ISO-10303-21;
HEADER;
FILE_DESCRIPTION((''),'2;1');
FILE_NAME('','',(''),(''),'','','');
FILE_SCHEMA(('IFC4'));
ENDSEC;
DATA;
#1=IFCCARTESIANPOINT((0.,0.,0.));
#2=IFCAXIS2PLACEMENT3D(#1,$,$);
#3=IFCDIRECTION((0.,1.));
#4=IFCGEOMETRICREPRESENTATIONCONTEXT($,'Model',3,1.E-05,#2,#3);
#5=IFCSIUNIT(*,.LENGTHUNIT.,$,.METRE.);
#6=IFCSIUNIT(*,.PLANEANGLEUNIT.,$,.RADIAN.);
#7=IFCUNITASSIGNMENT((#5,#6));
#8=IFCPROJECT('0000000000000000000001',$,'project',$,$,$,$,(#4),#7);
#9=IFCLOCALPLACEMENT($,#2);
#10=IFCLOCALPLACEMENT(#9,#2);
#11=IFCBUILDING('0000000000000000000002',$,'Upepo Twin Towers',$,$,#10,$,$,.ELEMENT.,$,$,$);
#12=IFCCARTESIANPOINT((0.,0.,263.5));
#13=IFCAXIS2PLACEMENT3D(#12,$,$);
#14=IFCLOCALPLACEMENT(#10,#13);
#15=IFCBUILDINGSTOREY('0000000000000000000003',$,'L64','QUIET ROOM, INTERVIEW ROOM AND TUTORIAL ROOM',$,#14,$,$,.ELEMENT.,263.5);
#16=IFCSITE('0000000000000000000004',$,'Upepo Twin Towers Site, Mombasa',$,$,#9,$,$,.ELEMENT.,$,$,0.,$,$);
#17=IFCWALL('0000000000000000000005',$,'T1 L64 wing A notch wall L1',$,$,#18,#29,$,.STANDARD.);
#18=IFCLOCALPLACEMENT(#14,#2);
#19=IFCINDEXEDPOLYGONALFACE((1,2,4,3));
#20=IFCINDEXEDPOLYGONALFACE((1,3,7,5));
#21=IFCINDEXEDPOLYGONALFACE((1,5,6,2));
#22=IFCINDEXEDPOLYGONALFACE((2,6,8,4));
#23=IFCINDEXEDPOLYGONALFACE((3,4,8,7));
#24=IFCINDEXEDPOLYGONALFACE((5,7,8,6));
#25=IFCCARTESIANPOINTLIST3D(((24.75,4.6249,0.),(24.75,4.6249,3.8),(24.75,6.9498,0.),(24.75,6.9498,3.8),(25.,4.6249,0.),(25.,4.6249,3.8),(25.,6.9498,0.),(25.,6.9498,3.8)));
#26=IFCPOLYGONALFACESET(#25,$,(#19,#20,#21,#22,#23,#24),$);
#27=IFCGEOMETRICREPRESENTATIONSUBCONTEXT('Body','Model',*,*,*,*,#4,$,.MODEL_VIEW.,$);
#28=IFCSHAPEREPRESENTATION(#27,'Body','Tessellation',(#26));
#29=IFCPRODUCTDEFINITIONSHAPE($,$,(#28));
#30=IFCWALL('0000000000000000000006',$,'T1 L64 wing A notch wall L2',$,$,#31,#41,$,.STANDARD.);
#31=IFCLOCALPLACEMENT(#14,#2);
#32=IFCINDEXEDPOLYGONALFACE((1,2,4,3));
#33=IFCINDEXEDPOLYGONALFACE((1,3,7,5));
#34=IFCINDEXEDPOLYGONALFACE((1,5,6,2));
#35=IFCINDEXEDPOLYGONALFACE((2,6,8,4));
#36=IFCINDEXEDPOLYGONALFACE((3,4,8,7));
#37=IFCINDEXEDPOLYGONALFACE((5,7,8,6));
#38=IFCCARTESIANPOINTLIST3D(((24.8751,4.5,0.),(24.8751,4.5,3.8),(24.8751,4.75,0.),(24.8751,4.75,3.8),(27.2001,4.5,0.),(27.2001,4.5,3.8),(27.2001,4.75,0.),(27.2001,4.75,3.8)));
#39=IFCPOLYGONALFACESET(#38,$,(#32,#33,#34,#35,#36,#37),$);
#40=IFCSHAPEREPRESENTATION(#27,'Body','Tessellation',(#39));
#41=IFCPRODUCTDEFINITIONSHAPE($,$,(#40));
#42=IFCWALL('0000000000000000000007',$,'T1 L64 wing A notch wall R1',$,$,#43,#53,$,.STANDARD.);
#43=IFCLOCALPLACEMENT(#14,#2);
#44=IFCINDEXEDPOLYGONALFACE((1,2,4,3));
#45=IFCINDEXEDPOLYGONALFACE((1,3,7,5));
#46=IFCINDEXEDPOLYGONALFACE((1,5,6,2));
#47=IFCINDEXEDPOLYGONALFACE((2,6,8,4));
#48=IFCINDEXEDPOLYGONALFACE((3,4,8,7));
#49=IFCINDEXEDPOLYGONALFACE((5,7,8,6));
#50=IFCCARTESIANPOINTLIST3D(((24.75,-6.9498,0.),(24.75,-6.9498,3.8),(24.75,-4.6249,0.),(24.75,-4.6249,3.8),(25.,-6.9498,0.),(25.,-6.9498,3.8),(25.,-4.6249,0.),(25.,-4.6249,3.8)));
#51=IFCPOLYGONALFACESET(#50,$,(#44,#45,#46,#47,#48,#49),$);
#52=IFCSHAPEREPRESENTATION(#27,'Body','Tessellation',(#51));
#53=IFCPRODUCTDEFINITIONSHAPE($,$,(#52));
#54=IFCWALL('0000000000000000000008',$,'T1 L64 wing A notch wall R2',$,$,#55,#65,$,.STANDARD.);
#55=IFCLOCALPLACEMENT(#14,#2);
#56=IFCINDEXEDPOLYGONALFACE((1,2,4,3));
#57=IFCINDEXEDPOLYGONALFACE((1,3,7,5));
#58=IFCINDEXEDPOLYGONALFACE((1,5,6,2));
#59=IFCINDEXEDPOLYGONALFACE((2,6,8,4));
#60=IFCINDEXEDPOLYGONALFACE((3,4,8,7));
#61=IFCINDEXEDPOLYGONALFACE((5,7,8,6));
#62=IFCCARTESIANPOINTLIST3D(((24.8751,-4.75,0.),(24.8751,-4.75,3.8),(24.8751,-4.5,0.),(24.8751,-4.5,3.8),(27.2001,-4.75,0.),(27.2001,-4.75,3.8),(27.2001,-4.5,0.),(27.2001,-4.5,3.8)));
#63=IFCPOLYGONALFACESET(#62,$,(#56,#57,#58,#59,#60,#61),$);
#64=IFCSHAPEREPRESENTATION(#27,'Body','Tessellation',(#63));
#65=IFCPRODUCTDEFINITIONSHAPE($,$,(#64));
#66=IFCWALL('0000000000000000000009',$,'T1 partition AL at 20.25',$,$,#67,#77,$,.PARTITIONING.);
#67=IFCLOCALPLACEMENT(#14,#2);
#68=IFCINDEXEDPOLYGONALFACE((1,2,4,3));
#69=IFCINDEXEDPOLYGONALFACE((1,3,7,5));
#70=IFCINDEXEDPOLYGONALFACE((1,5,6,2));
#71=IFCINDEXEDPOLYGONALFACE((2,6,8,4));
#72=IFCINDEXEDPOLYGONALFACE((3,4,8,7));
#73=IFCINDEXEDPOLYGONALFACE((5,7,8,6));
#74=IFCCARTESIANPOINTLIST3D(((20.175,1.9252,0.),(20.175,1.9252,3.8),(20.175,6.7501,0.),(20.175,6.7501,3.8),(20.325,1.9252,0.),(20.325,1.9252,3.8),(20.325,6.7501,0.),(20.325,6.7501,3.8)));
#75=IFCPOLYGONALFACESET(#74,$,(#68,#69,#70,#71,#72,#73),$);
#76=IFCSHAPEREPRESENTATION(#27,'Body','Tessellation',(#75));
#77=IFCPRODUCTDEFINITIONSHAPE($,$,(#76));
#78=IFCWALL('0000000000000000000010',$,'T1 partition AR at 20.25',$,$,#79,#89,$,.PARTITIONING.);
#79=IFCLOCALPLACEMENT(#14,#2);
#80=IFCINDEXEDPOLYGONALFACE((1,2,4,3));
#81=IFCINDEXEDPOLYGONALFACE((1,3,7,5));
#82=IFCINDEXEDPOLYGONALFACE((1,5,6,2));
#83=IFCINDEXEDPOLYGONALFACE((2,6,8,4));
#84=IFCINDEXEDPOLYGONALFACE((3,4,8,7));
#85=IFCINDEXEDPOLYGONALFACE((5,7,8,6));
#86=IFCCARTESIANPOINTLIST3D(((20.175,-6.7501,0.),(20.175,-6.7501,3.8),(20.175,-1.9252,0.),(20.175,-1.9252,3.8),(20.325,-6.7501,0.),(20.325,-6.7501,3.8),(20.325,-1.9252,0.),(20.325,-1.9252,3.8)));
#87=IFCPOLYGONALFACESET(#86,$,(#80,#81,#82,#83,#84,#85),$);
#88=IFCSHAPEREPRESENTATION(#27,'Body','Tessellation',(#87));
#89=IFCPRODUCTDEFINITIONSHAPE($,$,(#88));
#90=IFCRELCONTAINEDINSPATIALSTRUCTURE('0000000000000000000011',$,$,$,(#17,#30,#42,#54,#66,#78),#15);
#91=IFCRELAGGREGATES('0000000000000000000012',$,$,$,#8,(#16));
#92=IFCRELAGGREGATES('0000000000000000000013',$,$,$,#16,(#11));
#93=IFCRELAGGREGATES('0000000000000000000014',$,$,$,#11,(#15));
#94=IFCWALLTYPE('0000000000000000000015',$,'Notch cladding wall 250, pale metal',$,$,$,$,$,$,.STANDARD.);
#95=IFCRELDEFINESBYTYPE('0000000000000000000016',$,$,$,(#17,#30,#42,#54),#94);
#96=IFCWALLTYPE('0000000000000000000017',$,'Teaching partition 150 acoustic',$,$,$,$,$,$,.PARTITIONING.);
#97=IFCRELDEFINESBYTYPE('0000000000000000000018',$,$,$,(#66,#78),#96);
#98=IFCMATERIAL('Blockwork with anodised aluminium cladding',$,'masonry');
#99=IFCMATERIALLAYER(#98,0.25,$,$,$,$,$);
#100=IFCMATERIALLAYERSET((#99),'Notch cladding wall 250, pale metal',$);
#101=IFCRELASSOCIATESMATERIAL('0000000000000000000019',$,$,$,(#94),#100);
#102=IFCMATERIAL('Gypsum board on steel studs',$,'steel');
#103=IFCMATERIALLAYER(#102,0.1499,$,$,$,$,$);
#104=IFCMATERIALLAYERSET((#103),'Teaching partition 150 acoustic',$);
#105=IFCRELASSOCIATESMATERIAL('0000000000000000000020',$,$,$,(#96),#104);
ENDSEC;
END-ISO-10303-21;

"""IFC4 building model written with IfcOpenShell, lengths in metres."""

from ifc_helpers import new_model, si_unit, direction, frame, frame_2d, origin, place, context, subcontext, project, spatial, rectangle, extrude, material, layer, layer_set, type_object, element, save


model = new_model("IFC4")

# Units and contexts
model_context = context("Model", 3, precision=1e-05, world=origin(), true_north=direction((0.0, 1.0)))
body_context = subcontext(model_context, "Body", "Model", "MODEL_VIEW")
ifc_project = project(units=[si_unit("LENGTHUNIT", "METRE"), si_unit("PLANEANGLEUNIT", "RADIAN")], contexts=[model_context])

# Site, building, storey
site_placement = place(None, origin())
site = spatial("IfcSite", under=ifc_project, at=site_placement, Name="Upepo Twin Towers Site, Mombasa", CompositionType="ELEMENT", RefElevation=0.0)
building_placement = place(site_placement, origin())
building = spatial("IfcBuilding", under=site, at=building_placement, Name="Upepo Twin Towers", CompositionType="ELEMENT")
storey_placement = place(building_placement, frame((0.0, 0.0, 263.5)))
storey = spatial("IfcBuildingStorey", under=building, at=storey_placement, Name="L64", Description="QUIET ROOM, INTERVIEW ROOM AND TUTORIAL ROOM", CompositionType="ELEMENT", Elevation=263.5)

# Walls
ifc_material_1 = material(Name="Blockwork with anodised aluminium cladding", Category="masonry")
ifc_layer_1 = layer(ifc_material_1, 0.25)
ifc_layer_set_1 = layer_set([ifc_layer_1], Name="Notch cladding wall 250, pale metal")
wall_type_1 = type_object("IfcWallType", Name="Notch cladding wall 250, pale metal", PredefinedType="STANDARD", material=ifc_layer_set_1)
for number, where, z_axis, x_axis, name in (
    (1, (24.875, 6.95, 0.0), (0.0, 0.0, 1.0), (0.0, -1.0, 0.0), "T1 L64 wing A notch wall L1"),
    (2, (24.875, 4.625, 0.0), (0.0, 0.0, 1.0), (1.0, 0.0, 0.0), "T1 L64 wing A notch wall L2"),
    (3, (24.875, -6.95, 0.0), (0.0, 0.0, 1.0), (0.0, 1.0, 0.0), "T1 L64 wing A notch wall R1"),
    (4, (24.875, -4.625, 0.0), (0.0, 0.0, 1.0), (1.0, 0.0, 0.0), "T1 L64 wing A notch wall R2"),
):
    element("IfcWall", number, at=place(storey_placement, frame(where, z_axis=z_axis, x_axis=x_axis)), inside=storey, type_object=wall_type_1, Name=name, PredefinedType="STANDARD", context=body_context, shape_type="SweptSolid", body=[
        extrude(rectangle(XDim=2.325, YDim=0.25, at=frame_2d((1.1626, 0.0))), origin(), (0.0, 0.0, 1.0), 3.8),
    ])
ifc_material_2 = material(Name="Gypsum board on steel studs", Category="steel")
ifc_layer_2 = layer(ifc_material_2, 0.1499)
ifc_layer_set_2 = layer_set([ifc_layer_2], Name="Teaching partition 150 acoustic")
wall_type_2 = type_object("IfcWallType", Name="Teaching partition 150 acoustic", PredefinedType="PARTITIONING", material=ifc_layer_set_2)
for number, where, z_axis, x_axis, name in (
    (5, (20.25, 1.925, 0.0), (0.0, 0.0, 1.0), (0.0, 1.0, 0.0), "T1 partition AL at 20.25"),
    (6, (20.25, -1.925, 0.0), (0.0, 0.0, 1.0), (0.0, -1.0, 0.0), "T1 partition AR at 20.25"),
):
    element("IfcWall", number, at=place(storey_placement, frame(where, z_axis=z_axis, x_axis=x_axis)), inside=storey, type_object=wall_type_2, Name=name, PredefinedType="PARTITIONING", context=body_context, shape_type="SweptSolid", body=[
        extrude(rectangle(XDim=4.825, YDim=0.1499, at=frame_2d((2.4126, 0.0))), origin(), (0.0, 0.0, 1.0), 3.8),
    ])

save(model, "model.ifc")
